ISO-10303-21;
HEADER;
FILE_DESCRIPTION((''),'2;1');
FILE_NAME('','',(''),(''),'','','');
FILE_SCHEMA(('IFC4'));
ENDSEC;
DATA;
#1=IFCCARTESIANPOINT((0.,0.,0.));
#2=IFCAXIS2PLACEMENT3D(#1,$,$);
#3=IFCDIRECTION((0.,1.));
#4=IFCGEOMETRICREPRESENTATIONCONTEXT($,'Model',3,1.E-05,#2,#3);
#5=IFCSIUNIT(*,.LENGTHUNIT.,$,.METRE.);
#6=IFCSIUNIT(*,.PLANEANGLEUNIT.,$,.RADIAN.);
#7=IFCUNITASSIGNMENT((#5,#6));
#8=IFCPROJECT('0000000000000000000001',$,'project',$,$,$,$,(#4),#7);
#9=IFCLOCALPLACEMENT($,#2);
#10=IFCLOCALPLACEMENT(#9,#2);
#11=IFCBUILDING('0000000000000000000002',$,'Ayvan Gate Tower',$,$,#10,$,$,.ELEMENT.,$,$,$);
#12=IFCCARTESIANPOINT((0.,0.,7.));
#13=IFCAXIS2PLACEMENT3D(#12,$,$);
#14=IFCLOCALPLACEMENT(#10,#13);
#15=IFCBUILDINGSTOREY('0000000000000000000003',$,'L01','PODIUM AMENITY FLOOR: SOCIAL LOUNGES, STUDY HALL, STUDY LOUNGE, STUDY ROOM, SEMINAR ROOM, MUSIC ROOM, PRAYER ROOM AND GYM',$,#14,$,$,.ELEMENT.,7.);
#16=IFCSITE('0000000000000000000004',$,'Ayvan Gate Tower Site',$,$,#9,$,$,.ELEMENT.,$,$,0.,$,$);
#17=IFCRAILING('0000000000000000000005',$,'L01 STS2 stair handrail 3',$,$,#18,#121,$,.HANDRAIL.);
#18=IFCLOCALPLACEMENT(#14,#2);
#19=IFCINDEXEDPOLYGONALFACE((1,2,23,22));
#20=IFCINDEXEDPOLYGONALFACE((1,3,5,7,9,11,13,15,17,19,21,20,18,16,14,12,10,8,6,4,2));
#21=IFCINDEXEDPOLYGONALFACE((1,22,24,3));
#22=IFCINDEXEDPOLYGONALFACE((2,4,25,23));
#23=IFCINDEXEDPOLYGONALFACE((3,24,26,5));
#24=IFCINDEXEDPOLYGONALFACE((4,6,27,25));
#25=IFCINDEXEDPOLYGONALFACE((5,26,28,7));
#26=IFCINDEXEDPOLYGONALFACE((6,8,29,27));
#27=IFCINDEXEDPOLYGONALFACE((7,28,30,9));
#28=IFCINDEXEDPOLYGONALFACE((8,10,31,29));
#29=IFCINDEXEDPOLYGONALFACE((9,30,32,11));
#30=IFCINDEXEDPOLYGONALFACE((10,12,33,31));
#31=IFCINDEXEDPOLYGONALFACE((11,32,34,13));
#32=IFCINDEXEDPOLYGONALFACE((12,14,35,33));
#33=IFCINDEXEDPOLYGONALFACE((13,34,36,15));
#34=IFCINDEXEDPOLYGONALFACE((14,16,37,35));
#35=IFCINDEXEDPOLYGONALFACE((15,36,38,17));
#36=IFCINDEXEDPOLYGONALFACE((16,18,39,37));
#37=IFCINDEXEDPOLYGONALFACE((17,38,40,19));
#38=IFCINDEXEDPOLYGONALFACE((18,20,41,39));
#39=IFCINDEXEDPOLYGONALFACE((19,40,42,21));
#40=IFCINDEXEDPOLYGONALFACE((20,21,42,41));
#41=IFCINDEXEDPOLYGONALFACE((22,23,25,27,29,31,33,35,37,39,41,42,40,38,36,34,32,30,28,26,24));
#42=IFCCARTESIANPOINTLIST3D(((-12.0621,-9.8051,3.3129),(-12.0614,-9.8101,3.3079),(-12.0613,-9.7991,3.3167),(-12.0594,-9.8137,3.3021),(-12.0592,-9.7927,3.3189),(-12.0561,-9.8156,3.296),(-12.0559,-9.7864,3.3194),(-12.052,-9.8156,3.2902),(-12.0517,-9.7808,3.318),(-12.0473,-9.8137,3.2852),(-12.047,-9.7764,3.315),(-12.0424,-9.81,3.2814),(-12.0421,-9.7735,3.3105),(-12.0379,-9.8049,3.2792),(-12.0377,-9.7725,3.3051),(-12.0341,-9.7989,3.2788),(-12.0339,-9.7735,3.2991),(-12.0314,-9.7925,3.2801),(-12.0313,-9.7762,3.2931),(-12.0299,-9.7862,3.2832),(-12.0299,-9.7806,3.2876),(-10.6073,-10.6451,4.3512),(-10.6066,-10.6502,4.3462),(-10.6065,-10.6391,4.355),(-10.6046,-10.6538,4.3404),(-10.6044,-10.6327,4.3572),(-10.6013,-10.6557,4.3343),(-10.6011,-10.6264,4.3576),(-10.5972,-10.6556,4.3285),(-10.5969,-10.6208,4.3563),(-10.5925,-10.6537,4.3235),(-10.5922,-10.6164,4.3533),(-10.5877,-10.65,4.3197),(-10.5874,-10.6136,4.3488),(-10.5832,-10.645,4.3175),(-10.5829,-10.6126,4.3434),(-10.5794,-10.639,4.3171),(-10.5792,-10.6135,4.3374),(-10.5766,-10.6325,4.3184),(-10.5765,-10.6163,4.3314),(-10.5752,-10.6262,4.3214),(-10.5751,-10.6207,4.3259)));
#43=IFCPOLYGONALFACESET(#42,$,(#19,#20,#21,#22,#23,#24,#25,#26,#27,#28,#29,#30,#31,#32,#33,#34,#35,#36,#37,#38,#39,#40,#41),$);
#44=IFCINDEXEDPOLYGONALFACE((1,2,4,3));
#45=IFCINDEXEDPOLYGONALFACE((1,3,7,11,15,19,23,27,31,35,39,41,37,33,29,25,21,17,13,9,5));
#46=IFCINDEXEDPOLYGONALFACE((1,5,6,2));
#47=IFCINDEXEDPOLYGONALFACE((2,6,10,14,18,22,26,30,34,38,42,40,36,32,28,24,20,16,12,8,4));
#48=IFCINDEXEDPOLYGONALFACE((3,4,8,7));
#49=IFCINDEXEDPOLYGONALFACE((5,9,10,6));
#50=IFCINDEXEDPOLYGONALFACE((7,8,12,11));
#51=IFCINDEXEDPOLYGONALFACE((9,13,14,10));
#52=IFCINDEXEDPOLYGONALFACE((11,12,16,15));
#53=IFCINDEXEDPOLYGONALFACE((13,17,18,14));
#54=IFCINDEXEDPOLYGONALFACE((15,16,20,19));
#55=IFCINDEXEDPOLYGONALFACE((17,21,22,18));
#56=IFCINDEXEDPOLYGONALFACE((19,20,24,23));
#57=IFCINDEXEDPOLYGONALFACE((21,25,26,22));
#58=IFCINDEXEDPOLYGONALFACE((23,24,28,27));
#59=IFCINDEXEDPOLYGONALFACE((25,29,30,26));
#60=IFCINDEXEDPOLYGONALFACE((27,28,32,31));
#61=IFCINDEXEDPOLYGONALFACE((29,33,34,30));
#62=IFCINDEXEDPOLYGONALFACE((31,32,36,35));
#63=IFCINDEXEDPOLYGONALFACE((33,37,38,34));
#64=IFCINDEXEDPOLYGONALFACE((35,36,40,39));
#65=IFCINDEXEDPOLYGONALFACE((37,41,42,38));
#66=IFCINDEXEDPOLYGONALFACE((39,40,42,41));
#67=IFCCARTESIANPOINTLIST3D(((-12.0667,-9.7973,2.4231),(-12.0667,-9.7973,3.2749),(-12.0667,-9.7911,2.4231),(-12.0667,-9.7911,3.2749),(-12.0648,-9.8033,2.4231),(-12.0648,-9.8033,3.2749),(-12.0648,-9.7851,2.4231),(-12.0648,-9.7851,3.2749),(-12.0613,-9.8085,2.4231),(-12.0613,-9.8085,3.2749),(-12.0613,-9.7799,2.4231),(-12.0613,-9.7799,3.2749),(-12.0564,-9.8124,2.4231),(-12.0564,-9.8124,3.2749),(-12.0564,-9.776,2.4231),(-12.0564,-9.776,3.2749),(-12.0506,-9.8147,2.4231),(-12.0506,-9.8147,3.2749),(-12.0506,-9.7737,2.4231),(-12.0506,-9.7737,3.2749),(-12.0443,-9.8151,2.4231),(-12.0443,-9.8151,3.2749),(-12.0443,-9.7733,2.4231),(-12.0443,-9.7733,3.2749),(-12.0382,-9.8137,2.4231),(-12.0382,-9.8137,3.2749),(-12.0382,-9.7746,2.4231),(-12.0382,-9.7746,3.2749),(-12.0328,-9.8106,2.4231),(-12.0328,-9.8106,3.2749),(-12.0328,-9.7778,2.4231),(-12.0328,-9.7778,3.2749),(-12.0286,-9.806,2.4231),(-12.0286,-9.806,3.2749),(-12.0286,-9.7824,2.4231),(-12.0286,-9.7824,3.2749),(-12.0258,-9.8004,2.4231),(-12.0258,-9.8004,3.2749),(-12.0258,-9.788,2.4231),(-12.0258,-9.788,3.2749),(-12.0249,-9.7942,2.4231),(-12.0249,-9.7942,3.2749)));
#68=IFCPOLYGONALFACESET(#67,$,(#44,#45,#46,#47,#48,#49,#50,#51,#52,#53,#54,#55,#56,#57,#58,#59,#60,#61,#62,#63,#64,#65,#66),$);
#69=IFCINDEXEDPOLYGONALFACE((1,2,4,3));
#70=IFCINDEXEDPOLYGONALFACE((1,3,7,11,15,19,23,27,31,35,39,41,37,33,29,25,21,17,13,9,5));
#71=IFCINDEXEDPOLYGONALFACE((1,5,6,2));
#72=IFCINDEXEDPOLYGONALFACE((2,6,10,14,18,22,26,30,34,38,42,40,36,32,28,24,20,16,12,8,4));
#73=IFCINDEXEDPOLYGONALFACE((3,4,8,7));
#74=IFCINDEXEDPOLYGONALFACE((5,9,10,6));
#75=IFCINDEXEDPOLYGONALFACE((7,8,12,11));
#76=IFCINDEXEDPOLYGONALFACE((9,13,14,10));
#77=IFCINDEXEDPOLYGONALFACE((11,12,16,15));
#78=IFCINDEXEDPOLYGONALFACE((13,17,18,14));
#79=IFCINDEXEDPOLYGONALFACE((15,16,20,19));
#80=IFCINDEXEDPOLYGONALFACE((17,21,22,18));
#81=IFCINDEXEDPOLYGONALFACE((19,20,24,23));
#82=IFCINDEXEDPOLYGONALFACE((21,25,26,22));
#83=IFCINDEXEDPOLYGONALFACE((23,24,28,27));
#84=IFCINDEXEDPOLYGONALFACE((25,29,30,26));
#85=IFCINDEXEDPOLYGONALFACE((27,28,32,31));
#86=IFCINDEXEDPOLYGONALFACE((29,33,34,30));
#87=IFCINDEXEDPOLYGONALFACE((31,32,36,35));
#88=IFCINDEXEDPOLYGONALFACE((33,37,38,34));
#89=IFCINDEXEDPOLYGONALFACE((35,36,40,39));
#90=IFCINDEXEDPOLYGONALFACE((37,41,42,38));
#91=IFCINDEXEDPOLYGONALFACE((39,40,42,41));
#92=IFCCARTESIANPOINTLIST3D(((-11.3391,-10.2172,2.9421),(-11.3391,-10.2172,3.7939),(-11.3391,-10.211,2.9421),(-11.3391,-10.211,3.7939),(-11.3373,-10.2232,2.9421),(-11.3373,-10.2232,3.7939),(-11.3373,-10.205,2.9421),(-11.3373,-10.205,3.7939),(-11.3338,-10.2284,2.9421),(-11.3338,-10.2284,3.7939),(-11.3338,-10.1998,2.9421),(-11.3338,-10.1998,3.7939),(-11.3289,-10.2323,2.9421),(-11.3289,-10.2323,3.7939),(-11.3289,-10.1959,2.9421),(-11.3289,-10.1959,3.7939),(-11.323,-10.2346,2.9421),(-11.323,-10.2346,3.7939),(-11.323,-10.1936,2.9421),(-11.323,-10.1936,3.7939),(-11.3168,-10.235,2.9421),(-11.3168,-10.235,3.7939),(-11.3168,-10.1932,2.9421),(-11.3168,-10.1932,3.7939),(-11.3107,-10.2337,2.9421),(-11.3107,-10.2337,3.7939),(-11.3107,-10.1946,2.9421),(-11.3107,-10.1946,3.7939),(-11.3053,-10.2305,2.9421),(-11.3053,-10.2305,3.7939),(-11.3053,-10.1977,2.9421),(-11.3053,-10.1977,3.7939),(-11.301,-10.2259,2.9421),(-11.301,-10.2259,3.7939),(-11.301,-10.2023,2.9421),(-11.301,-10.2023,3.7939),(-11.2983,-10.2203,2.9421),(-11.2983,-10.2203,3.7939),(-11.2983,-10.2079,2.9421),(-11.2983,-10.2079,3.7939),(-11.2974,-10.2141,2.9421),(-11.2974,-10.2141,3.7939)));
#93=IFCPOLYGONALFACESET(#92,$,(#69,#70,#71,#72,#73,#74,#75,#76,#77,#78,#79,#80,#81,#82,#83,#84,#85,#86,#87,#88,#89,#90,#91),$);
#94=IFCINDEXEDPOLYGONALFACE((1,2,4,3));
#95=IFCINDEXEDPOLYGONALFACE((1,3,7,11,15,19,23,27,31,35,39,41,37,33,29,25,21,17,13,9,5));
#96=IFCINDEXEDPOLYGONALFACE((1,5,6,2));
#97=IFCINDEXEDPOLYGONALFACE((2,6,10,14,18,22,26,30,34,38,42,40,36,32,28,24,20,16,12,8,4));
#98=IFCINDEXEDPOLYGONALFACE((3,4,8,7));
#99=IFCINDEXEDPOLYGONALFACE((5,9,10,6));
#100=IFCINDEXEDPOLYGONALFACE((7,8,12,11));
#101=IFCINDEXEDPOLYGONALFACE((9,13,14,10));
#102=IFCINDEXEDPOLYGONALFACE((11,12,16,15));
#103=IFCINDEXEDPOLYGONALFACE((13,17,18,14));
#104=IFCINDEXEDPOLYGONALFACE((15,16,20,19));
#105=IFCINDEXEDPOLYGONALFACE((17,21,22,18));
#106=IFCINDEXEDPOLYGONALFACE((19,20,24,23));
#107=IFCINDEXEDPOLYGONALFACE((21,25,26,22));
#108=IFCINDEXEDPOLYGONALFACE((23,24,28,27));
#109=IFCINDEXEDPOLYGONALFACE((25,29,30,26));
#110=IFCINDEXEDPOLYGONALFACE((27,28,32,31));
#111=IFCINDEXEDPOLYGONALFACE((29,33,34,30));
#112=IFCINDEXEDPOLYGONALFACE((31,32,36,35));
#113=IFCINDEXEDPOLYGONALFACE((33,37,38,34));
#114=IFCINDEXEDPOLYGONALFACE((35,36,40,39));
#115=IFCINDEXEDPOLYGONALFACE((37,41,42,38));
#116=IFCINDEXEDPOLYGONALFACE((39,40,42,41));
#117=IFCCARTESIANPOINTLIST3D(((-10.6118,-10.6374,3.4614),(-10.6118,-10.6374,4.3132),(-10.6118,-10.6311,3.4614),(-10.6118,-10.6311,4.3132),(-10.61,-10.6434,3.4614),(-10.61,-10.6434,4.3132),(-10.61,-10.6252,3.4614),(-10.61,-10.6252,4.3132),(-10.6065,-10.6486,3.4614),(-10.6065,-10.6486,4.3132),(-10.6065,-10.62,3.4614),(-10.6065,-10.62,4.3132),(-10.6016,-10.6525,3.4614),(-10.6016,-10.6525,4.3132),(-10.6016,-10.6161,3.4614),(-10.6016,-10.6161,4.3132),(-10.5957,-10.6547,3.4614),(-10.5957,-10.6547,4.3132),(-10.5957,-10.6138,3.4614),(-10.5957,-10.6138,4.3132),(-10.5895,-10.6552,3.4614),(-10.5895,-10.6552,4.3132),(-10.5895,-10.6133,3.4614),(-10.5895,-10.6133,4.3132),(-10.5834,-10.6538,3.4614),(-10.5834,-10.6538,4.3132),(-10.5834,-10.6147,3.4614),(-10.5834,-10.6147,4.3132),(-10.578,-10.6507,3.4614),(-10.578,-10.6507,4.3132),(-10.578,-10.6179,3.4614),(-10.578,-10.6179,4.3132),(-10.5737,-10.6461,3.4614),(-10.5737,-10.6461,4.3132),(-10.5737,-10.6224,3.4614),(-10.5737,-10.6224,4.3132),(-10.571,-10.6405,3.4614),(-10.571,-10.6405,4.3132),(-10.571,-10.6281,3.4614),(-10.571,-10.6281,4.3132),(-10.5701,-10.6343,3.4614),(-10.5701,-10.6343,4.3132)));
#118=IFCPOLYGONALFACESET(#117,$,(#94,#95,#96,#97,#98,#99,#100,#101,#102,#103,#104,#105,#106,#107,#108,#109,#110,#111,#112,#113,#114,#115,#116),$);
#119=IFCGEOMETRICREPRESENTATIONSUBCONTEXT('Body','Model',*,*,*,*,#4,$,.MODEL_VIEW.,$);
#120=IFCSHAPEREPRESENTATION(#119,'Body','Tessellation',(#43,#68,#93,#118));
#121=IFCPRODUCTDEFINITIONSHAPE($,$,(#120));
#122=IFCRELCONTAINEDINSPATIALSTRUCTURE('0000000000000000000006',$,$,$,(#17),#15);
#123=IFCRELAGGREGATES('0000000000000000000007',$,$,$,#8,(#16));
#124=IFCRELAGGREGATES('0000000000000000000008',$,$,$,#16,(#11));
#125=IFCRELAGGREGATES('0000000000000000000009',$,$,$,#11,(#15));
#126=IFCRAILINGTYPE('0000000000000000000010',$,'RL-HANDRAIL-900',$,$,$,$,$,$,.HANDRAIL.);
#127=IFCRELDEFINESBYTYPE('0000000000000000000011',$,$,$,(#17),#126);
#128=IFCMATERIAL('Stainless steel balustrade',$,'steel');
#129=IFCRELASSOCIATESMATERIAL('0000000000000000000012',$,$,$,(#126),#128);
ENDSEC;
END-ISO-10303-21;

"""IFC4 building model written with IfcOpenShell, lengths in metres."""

from ifc_helpers import new_model, si_unit, direction, frame, origin, origin_2d, place, context, subcontext, project, spatial, circle, extrude, material, type_object, element, save


model = new_model("IFC4")

# Units and contexts
model_context = context("Model", 3, precision=1e-05, world=origin(), true_north=direction((0.0, 1.0)))
body_context = subcontext(model_context, "Body", "Model", "MODEL_VIEW")
ifc_project = project(units=[si_unit("LENGTHUNIT", "METRE"), si_unit("PLANEANGLEUNIT", "RADIAN")], contexts=[model_context])

# Site, building, storey
site_placement = place(None, origin())
site = spatial("IfcSite", under=ifc_project, at=site_placement, Name="Ayvan Gate Tower Site", CompositionType="ELEMENT", RefElevation=0.0)
building_placement = place(site_placement, origin())
building = spatial("IfcBuilding", under=site, at=building_placement, Name="Ayvan Gate Tower", CompositionType="ELEMENT")
storey_placement = place(building_placement, frame((0.0, 0.0, 7.0)))
storey = spatial("IfcBuildingStorey", under=building, at=storey_placement, Name="L01", Description="PODIUM AMENITY FLOOR: SOCIAL LOUNGES, STUDY HALL, STUDY LOUNGE, STUDY ROOM, SEMINAR ROOM, MUSIC ROOM, PRAYER ROOM AND GYM", CompositionType="ELEMENT", Elevation=7.0)

# Railing
ifc_material_1 = material(Name="Stainless steel balustrade", Category="steel")
railing_type = type_object("IfcRailingType", Name="RL-HANDRAIL-900", PredefinedType="HANDRAIL", material=ifc_material_1)
railing_placement = place(storey_placement, frame((-12.0459, -9.7942, 2.4231)))
element("IfcRailing", 1, at=railing_placement, inside=storey, type_object=railing_type, Name="L01 STS2 stair handrail 3", PredefinedType="HANDRAIL", context=body_context, shape_type="SweptSolid", body=[
    extrude(circle(Radius=0.0239, at=origin_2d()), frame((0.0, 0.0, 0.876), z_axis=(0.736644, -0.425372, 0.525751), x_axis=(0.500062, 0.86599, 0.0)), (0.0, 0.0, 1.0), 1.9749),
    extrude(circle(Radius=0.021, at=origin_2d()), origin(), (0.0, 0.0, 1.0), 0.8518),
    extrude(circle(Radius=0.021, at=origin_2d()), frame((0.7275, -0.4199, 0.519)), (0.0, 0.0, 1.0), 0.8518),
    extrude(circle(Radius=0.021, at=origin_2d()), frame((1.4548, -0.8401, 1.0383)), (0.0, 0.0, 1.0), 0.8518),
])

save(model, "model.ifc")
